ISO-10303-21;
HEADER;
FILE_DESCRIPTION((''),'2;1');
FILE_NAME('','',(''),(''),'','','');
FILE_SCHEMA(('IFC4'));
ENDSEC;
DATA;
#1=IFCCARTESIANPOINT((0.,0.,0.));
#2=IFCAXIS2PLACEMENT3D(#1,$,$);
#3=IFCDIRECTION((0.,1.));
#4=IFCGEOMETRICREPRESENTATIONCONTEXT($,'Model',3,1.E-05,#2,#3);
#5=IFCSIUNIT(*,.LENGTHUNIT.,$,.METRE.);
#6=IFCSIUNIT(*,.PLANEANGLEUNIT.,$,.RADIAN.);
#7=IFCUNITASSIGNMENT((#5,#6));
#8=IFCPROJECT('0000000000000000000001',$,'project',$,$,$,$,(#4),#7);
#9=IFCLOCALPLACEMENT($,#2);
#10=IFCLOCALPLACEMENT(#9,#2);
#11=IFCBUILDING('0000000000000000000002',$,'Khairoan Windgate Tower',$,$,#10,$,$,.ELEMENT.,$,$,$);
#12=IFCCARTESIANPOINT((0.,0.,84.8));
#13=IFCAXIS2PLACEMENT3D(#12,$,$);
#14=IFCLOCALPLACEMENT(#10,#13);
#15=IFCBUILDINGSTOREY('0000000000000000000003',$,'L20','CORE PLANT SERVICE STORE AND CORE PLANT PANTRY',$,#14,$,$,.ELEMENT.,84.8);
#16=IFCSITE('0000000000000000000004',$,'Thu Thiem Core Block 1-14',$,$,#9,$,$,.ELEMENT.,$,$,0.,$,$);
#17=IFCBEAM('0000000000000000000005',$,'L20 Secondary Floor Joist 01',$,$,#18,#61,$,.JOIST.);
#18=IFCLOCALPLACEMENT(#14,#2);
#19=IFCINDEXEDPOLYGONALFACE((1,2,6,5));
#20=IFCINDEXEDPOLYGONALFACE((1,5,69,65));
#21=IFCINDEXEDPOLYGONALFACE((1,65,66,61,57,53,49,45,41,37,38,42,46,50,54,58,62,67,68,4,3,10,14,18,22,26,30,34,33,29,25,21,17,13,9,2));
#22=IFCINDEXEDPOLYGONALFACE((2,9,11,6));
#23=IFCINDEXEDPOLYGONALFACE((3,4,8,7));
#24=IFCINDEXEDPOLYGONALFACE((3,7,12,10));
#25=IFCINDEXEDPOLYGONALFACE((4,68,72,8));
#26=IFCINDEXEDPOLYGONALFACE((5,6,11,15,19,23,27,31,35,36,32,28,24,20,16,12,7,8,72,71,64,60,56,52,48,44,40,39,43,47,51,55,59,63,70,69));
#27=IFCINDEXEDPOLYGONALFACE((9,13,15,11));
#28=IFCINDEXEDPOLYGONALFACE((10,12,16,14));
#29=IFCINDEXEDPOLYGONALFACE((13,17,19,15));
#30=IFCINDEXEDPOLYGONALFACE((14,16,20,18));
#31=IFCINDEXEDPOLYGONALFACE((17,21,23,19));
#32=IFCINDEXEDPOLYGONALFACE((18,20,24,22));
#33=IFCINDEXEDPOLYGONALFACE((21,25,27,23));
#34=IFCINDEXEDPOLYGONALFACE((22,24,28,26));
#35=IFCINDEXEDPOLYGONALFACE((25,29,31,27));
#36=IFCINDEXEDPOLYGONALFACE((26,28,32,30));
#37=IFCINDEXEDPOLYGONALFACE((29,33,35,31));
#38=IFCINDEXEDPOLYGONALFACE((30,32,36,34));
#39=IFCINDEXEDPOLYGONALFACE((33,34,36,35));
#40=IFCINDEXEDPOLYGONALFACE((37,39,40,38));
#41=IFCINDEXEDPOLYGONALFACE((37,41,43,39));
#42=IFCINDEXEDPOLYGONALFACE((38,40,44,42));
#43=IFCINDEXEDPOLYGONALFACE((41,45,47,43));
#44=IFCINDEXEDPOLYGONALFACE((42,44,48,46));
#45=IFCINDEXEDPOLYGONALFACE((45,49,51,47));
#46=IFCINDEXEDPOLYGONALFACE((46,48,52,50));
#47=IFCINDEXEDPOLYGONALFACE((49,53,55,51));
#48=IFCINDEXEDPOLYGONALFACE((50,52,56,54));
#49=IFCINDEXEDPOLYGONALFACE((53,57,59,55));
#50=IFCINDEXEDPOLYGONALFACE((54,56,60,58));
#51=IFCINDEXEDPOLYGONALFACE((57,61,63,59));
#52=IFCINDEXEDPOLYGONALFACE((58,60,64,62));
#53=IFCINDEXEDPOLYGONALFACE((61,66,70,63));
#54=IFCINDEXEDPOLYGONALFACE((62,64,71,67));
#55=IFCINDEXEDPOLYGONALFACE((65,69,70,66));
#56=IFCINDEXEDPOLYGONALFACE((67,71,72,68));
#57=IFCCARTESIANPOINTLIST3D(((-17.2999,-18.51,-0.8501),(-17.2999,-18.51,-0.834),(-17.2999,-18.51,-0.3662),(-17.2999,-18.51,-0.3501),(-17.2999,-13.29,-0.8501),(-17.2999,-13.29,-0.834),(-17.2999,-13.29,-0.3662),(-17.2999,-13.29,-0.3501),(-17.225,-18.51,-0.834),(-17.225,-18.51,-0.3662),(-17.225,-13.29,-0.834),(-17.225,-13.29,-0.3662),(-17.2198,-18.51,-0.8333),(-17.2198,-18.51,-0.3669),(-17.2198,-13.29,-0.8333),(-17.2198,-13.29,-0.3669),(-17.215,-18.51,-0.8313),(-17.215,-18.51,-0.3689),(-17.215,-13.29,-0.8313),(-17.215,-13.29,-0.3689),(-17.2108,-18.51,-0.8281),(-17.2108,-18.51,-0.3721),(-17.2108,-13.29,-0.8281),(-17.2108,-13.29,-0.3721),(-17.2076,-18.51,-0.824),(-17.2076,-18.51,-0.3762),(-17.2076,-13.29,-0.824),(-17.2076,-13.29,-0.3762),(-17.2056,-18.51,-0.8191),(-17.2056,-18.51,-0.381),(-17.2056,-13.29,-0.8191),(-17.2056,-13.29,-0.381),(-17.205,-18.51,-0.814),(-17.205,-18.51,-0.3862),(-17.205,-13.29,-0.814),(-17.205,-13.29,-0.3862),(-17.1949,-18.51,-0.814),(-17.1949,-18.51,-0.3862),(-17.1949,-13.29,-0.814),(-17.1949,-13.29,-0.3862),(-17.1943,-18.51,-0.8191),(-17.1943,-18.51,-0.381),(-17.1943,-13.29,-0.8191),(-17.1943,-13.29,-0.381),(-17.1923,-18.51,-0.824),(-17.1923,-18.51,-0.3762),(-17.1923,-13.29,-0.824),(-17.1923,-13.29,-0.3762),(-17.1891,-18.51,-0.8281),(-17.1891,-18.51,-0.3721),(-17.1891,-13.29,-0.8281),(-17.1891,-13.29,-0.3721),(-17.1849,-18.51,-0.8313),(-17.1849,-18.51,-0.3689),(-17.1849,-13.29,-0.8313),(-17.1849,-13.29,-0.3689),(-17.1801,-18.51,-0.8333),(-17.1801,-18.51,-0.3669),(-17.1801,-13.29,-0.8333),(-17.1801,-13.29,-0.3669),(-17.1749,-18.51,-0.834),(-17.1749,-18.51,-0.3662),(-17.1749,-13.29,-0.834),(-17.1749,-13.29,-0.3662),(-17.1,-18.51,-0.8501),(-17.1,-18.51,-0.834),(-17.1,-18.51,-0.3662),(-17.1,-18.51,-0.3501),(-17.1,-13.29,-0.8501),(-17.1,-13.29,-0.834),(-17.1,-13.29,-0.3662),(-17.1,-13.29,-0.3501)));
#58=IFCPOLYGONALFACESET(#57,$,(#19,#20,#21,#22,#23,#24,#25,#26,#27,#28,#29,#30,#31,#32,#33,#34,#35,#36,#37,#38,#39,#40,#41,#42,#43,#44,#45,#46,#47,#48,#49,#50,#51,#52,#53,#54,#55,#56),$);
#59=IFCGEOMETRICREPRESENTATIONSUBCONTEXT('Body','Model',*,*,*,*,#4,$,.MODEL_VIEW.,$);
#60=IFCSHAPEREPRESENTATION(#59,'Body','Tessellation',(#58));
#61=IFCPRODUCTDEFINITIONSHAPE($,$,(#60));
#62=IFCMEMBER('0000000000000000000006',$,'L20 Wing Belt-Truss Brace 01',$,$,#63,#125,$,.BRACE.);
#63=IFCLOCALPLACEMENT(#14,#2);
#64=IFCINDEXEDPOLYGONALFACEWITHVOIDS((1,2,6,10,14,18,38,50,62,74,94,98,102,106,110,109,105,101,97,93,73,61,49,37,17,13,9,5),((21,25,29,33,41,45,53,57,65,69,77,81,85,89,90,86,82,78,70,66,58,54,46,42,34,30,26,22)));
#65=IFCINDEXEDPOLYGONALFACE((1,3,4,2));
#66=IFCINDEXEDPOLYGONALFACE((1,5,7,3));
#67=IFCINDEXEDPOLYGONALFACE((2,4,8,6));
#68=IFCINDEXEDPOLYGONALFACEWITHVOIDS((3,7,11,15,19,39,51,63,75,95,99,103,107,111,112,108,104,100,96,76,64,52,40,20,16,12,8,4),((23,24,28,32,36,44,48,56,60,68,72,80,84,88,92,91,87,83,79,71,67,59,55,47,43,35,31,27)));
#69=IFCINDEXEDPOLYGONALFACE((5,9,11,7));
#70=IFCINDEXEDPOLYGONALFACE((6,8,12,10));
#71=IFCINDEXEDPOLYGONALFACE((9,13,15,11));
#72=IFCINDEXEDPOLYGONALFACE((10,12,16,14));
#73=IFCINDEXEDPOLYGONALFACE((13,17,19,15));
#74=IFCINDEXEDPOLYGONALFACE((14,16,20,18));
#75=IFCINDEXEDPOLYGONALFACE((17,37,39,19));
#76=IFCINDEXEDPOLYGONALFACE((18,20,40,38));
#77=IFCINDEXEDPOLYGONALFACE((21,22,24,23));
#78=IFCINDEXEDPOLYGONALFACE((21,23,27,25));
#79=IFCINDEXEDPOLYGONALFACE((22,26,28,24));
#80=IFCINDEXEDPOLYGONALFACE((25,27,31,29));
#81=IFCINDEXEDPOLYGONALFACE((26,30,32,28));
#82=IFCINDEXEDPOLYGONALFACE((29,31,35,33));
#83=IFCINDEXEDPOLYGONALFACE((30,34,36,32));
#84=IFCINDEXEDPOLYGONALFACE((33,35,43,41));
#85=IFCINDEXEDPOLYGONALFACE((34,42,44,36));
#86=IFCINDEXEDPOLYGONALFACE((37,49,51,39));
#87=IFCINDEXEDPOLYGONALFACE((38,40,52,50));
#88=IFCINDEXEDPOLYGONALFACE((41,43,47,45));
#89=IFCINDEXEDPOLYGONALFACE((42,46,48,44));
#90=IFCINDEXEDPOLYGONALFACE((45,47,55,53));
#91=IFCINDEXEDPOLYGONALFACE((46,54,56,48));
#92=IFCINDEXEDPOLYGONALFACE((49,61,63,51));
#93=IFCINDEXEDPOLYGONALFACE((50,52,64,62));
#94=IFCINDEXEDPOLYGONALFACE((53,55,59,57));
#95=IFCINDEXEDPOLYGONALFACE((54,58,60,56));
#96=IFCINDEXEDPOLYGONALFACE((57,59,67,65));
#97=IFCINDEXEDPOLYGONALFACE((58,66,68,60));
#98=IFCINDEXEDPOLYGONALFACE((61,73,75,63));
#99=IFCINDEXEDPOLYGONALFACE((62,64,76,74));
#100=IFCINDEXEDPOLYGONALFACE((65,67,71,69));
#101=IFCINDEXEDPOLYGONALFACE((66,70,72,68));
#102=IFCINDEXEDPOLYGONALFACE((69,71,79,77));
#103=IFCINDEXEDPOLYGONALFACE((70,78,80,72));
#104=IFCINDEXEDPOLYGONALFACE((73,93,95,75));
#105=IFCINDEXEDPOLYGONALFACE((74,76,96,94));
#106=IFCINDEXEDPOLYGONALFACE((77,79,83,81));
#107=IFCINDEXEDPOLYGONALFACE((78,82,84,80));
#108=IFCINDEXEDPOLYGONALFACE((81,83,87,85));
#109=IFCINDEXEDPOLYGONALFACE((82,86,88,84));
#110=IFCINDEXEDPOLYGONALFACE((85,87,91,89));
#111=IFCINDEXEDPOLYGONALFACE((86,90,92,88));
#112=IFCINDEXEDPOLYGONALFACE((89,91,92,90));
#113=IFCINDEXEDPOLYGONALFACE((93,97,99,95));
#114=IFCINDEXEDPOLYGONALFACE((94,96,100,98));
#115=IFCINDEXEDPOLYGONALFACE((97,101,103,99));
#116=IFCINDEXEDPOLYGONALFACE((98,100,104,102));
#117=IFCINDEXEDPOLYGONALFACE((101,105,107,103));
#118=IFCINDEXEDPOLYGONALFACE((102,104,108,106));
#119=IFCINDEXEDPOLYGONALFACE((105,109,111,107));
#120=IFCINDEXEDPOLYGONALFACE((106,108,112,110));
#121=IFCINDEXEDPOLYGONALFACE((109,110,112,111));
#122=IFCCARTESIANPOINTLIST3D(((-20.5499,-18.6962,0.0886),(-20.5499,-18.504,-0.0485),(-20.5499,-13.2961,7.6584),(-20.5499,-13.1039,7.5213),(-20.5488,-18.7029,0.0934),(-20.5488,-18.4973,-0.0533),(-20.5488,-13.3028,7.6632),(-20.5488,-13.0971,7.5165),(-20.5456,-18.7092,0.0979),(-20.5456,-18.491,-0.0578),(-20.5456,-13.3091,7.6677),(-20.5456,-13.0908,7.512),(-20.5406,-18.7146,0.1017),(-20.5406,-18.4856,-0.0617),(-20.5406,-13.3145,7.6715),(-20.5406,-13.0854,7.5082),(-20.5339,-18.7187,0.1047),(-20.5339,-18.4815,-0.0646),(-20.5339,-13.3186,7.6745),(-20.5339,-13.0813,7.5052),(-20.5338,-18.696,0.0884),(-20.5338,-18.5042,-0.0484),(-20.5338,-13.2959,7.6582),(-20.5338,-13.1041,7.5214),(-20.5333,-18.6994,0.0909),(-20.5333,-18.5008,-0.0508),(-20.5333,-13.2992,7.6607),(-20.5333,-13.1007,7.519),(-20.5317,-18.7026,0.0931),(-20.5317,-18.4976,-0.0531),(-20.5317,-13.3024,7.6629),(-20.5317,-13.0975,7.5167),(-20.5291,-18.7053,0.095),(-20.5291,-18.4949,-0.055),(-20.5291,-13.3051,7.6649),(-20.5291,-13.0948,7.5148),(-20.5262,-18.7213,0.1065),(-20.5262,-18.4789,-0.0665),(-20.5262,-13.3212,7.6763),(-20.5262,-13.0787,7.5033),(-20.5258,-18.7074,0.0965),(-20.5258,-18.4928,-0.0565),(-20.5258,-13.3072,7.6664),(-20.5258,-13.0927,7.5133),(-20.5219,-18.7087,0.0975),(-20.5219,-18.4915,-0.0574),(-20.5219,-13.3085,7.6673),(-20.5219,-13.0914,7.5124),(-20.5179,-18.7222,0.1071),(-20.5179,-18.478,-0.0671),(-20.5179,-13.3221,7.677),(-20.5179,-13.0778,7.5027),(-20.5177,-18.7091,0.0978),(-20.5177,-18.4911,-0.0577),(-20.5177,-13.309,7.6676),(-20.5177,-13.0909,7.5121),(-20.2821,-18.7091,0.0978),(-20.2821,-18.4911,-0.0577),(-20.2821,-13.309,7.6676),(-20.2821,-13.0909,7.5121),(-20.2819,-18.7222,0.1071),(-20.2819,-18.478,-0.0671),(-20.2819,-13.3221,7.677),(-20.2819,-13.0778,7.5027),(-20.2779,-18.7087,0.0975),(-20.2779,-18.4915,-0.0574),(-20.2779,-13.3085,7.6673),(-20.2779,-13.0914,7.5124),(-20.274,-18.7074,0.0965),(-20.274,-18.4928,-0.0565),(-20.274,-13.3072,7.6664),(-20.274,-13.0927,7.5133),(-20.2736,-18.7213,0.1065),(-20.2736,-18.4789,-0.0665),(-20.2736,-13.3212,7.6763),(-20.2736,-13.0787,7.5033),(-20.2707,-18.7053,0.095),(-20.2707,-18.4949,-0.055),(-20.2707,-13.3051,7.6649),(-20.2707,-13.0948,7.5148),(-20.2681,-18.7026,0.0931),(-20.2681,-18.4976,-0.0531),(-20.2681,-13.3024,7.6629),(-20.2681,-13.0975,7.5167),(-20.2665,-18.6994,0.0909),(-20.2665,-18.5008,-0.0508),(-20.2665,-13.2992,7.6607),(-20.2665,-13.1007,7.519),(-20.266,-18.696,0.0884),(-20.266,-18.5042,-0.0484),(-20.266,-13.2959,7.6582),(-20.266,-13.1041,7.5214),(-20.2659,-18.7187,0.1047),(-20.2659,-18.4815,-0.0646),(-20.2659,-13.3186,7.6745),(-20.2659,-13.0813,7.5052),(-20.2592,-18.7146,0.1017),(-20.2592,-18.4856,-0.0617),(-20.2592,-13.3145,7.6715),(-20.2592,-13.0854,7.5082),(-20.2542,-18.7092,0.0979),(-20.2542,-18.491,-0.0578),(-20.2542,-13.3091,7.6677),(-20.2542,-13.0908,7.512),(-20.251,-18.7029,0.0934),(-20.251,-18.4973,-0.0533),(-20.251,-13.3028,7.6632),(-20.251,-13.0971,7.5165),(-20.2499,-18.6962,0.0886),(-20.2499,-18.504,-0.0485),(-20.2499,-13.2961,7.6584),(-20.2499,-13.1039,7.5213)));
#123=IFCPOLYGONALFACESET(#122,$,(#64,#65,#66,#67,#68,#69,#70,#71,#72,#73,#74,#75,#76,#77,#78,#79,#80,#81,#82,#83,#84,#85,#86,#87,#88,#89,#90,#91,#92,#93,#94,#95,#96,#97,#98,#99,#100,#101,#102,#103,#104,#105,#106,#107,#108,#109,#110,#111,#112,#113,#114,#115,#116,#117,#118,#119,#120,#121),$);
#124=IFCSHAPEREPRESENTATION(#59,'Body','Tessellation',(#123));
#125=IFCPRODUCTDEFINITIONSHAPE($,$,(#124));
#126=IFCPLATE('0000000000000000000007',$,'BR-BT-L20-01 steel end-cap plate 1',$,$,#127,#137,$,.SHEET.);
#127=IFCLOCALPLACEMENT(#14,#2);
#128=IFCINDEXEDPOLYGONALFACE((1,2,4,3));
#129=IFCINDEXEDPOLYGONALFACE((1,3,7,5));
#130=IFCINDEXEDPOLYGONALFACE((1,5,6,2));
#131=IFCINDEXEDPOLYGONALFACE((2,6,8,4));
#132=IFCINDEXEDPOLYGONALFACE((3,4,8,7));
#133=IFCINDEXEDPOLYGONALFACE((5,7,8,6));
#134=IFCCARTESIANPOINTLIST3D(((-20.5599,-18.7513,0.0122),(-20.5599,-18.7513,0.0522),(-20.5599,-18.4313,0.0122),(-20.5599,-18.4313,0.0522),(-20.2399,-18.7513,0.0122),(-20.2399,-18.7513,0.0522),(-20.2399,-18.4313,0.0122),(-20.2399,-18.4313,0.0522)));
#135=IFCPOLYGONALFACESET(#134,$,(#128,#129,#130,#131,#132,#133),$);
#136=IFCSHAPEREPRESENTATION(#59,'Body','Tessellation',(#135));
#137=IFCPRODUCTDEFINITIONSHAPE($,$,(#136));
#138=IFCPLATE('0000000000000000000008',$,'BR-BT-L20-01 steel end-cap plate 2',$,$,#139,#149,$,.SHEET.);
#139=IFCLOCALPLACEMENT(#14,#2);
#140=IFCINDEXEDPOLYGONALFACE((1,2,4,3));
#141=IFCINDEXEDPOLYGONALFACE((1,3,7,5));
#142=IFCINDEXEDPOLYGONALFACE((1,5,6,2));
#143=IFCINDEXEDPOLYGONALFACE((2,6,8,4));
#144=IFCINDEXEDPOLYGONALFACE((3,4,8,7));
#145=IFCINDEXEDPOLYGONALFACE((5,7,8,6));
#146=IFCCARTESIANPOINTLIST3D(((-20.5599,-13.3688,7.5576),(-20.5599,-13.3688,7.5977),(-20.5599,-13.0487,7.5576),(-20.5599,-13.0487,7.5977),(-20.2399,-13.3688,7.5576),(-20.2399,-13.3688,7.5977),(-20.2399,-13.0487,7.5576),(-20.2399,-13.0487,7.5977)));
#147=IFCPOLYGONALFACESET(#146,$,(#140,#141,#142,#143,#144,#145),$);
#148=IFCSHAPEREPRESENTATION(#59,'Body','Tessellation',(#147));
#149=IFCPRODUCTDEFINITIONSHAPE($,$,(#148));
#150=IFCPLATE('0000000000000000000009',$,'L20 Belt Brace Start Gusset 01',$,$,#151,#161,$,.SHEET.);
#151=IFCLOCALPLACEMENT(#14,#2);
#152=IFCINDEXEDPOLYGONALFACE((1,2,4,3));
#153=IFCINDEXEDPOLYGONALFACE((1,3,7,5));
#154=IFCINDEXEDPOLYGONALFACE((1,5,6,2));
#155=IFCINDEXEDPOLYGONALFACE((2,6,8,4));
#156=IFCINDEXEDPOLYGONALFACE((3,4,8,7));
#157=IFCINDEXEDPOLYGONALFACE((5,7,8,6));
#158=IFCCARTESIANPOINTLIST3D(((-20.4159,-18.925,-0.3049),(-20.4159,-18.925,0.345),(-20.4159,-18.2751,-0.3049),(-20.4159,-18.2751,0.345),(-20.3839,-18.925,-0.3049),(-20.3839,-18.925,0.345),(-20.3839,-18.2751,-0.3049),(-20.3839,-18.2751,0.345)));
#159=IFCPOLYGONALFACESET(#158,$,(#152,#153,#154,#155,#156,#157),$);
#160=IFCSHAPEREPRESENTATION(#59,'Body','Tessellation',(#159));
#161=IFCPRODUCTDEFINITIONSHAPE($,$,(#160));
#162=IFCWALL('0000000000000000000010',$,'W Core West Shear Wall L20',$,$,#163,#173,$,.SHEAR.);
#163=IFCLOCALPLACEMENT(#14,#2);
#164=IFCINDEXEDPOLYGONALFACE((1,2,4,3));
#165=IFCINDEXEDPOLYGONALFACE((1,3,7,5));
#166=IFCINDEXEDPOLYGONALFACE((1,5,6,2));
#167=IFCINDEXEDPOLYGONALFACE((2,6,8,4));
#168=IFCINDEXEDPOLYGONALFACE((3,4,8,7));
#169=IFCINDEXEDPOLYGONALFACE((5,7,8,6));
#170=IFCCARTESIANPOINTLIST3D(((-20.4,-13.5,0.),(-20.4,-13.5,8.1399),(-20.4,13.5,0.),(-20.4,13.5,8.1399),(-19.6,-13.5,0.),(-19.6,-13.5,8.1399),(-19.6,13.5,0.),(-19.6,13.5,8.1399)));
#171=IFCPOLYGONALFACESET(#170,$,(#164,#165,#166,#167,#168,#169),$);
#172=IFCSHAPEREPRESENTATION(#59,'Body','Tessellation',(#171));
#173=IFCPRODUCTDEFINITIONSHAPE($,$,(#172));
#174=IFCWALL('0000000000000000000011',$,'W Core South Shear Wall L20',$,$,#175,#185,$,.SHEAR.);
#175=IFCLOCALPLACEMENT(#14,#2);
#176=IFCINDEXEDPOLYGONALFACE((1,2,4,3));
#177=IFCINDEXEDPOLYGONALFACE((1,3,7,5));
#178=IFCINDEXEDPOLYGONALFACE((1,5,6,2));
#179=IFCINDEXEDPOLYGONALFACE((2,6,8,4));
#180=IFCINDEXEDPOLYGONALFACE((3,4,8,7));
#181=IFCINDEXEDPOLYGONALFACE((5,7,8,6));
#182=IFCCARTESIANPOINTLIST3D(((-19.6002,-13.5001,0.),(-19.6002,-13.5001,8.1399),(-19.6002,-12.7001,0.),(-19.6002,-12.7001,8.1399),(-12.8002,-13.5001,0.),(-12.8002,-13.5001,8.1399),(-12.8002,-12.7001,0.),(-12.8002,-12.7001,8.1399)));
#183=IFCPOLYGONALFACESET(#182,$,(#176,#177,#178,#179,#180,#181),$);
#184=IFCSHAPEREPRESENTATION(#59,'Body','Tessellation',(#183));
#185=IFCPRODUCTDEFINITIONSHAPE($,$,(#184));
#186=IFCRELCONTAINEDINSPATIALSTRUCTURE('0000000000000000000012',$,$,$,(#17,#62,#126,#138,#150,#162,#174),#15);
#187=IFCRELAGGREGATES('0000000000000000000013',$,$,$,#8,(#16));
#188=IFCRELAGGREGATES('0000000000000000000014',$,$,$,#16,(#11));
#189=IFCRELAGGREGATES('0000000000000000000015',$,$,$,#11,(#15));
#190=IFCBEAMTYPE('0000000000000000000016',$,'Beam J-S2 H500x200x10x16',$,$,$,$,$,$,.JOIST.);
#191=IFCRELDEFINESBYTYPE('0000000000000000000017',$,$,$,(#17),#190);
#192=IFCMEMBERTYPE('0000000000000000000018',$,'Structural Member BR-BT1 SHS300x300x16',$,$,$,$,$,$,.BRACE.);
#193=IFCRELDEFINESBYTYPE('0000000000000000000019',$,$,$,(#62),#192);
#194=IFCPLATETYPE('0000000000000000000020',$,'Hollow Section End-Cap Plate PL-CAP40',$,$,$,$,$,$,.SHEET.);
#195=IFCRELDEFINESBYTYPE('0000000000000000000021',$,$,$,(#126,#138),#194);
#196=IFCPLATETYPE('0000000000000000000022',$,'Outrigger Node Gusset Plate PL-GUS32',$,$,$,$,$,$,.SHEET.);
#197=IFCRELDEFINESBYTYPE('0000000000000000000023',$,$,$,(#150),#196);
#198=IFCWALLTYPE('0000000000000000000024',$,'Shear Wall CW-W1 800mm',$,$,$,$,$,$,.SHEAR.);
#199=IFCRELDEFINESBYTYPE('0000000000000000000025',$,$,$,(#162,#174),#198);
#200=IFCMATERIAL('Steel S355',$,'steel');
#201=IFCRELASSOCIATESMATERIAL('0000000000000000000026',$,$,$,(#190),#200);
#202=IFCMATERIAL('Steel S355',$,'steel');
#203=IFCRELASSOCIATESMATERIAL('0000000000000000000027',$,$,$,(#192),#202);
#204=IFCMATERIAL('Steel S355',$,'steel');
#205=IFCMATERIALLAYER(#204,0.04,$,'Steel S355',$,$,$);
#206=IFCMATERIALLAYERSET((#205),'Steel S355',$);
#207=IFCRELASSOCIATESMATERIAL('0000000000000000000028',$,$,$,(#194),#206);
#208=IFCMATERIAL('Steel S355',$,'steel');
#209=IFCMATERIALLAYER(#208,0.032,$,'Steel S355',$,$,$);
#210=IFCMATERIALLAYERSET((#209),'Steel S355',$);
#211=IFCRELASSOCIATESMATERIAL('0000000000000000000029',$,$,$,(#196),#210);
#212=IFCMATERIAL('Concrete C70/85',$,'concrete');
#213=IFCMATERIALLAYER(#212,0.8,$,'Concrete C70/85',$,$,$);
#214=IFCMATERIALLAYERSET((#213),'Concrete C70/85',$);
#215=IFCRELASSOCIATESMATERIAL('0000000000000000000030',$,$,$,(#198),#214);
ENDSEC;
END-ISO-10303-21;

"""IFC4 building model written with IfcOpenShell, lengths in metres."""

from ifc_helpers import new_model, si_unit, direction, frame, frame_2d, origin, origin_2d, place, context, subcontext, project, spatial, rectangle, hollow_rectangle, i_section, extrude, material, layer, layer_set, material_profile, profile_set, type_object, element, save


model = new_model("IFC4")

# Units and contexts
model_context = context("Model", 3, precision=1e-05, world=origin(), true_north=direction((0.0, 1.0)))
body_context = subcontext(model_context, "Body", "Model", "MODEL_VIEW")
ifc_project = project(units=[si_unit("LENGTHUNIT", "METRE"), si_unit("PLANEANGLEUNIT", "RADIAN")], contexts=[model_context])

# Site, building, storey
site_placement = place(None, origin())
site = spatial("IfcSite", under=ifc_project, at=site_placement, Name="Thu Thiem Core Block 1-14", CompositionType="ELEMENT", RefElevation=0.0)
building_placement = place(site_placement, origin())
building = spatial("IfcBuilding", under=site, at=building_placement, Name="Khairoan Windgate Tower", CompositionType="ELEMENT")
storey_placement = place(building_placement, frame((0.0, 0.0, 84.8)))
storey = spatial("IfcBuildingStorey", under=building, at=storey_placement, Name="L20", Description="CORE PLANT SERVICE STORE AND CORE PLANT PANTRY", CompositionType="ELEMENT", Elevation=84.8)

# Beam
ifc_material_1 = material(Name="Steel S355", Category="steel")
ifc_material_profile_1 = material_profile(ifc_material_1, i_section(OverallWidth=0.2, OverallDepth=0.5, WebThickness=0.01, FlangeThickness=0.0161, FilletRadius=0.02, at=origin_2d()))
ifc_profile_set_1 = profile_set([ifc_material_profile_1], Name="Steel S355")
beam_type_1 = type_object("IfcBeamType", Name="Beam J-S2 H500x200x10x16", PredefinedType="JOIST", material=ifc_profile_set_1)
beam_1_placement = place(storey_placement, frame((-17.2, -18.51, -0.6001), z_axis=(0.0, 1.0, 0.0), x_axis=(-1.0, 0.0, 0.0)))
element("IfcBeam", 1, at=beam_1_placement, inside=storey, type_object=beam_type_1, Name="L20 Secondary Floor Joist 01", PredefinedType="JOIST", context=body_context, shape_type="SweptSolid", body=[
    extrude(i_section(OverallWidth=0.2, OverallDepth=0.5, WebThickness=0.01, FlangeThickness=0.0161, FilletRadius=0.02, at=origin_2d()), origin(), (0.0, 0.0, 1.0), 5.22),
])

# Member
ifc_material_2 = material(Name="Steel S355", Category="steel")
ifc_material_profile_2 = material_profile(ifc_material_2, hollow_rectangle(XDim=0.3, YDim=0.3, WallThickness=0.0161, InnerFilletRadius=0.0161, OuterFilletRadius=0.032, at=origin_2d()))
ifc_profile_set_2 = profile_set([ifc_material_profile_2], Name="Steel S355")
member_type = type_object("IfcMemberType", Name="Structural Member BR-BT1 SHS300x300x16", PredefinedType="BRACE", material=ifc_profile_set_2)
member_placement = place(storey_placement, frame((-20.3999, -18.6001, 0.02), z_axis=(0.0, 0.580749, 0.814083), x_axis=(0.0, -0.814083, 0.580749)))
element("IfcMember", 2, at=member_placement, inside=storey, type_object=member_type, Name="L20 Wing Belt-Truss Brace 01", PredefinedType="BRACE", context=body_context, shape_type="SweptSolid", body=[
    extrude(hollow_rectangle(XDim=0.3, YDim=0.3, WallThickness=0.0161, InnerFilletRadius=0.0161, OuterFilletRadius=0.032, at=origin_2d()), origin(), (0.0, 0.0, 1.0), 9.2986),
])

# Plates
ifc_material_3 = material(Name="Steel S355", Category="steel")
ifc_layer_1 = layer(ifc_material_3, 0.04, Name="Steel S355")
ifc_layer_set_1 = layer_set([ifc_layer_1], Name="Steel S355")
plate_type_1 = type_object("IfcPlateType", Name="Hollow Section End-Cap Plate PL-CAP40", PredefinedType="SHEET", material=ifc_layer_set_1)
for number, where, z_axis, x_axis, name in (
    (3, (-20.3999, -18.5913, 0.0122), (0.0, 0.0, 1.0), (0.0, 1.0, 0.0), "BR-BT-L20-01 steel end-cap plate 1"),
    (4, (-20.3999, -13.2087, 7.5576), (0.0, 0.0, 1.0), (0.0, 1.0, 0.0), "BR-BT-L20-01 steel end-cap plate 2"),
):
    element("IfcPlate", number, at=place(storey_placement, frame(where, z_axis=z_axis, x_axis=x_axis)), inside=storey, type_object=plate_type_1, Name=name, PredefinedType="SHEET", context=body_context, shape_type="SweptSolid", body=[
        extrude(rectangle(XDim=0.3201, YDim=0.3201, at=origin_2d()), origin(), (0.0, 0.0, 1.0), 0.04),
    ])
ifc_material_4 = material(Name="Steel S355", Category="steel")
ifc_layer_2 = layer(ifc_material_4, 0.032, Name="Steel S355")
ifc_layer_set_2 = layer_set([ifc_layer_2], Name="Steel S355")
plate_type_2 = type_object("IfcPlateType", Name="Outrigger Node Gusset Plate PL-GUS32", PredefinedType="SHEET", material=ifc_layer_set_2)
plate_placement = place(storey_placement, frame((-20.3999, -18.6001, -0.3049), z_axis=(0.0, 0.0, 1.0), x_axis=(1.0, 0.0, 0.0)))
element("IfcPlate", 5, at=plate_placement, inside=storey, type_object=plate_type_2, Name="L20 Belt Brace Start Gusset 01", PredefinedType="SHEET", context=body_context, shape_type="SweptSolid", body=[
    extrude(rectangle(XDim=0.032, YDim=0.6499, at=origin_2d()), origin(), (0.0, 0.0, 1.0), 0.6499),
])

# Walls
ifc_material_5 = material(Name="Concrete C70/85", Category="concrete")
ifc_layer_3 = layer(ifc_material_5, 0.8, Name="Concrete C70/85")
ifc_layer_set_3 = layer_set([ifc_layer_3], Name="Concrete C70/85")
wall_type = type_object("IfcWallType", Name="Shear Wall CW-W1 800mm", PredefinedType="SHEAR", material=ifc_layer_set_3)
wall_1_placement = place(storey_placement, frame((-20.0, -13.5, 0.0), z_axis=(0.0, 0.0, 1.0), x_axis=(0.0, 1.0, 0.0)))
element("IfcWall", 6, at=wall_1_placement, inside=storey, type_object=wall_type, Name="W Core West Shear Wall L20", PredefinedType="SHEAR", context=body_context, shape_type="SweptSolid", body=[
    extrude(rectangle(XDim=27.0, YDim=0.8, at=frame_2d((13.5, 0.0))), origin(), (0.0, 0.0, 1.0), 8.1399),
])
wall_2_placement = place(storey_placement, frame((-19.6001, -13.1001, 0.0), z_axis=(0.0, 0.0, 1.0), x_axis=(1.0, 0.0, 0.0)))
element("IfcWall", 7, at=wall_2_placement, inside=storey, type_object=wall_type, Name="W Core South Shear Wall L20", PredefinedType="SHEAR", context=body_context, shape_type="SweptSolid", body=[
    extrude(rectangle(XDim=6.8, YDim=0.8, at=frame_2d((3.3999, 0.0))), origin(), (0.0, 0.0, 1.0), 8.1399),
])

save(model, "model.ifc")
